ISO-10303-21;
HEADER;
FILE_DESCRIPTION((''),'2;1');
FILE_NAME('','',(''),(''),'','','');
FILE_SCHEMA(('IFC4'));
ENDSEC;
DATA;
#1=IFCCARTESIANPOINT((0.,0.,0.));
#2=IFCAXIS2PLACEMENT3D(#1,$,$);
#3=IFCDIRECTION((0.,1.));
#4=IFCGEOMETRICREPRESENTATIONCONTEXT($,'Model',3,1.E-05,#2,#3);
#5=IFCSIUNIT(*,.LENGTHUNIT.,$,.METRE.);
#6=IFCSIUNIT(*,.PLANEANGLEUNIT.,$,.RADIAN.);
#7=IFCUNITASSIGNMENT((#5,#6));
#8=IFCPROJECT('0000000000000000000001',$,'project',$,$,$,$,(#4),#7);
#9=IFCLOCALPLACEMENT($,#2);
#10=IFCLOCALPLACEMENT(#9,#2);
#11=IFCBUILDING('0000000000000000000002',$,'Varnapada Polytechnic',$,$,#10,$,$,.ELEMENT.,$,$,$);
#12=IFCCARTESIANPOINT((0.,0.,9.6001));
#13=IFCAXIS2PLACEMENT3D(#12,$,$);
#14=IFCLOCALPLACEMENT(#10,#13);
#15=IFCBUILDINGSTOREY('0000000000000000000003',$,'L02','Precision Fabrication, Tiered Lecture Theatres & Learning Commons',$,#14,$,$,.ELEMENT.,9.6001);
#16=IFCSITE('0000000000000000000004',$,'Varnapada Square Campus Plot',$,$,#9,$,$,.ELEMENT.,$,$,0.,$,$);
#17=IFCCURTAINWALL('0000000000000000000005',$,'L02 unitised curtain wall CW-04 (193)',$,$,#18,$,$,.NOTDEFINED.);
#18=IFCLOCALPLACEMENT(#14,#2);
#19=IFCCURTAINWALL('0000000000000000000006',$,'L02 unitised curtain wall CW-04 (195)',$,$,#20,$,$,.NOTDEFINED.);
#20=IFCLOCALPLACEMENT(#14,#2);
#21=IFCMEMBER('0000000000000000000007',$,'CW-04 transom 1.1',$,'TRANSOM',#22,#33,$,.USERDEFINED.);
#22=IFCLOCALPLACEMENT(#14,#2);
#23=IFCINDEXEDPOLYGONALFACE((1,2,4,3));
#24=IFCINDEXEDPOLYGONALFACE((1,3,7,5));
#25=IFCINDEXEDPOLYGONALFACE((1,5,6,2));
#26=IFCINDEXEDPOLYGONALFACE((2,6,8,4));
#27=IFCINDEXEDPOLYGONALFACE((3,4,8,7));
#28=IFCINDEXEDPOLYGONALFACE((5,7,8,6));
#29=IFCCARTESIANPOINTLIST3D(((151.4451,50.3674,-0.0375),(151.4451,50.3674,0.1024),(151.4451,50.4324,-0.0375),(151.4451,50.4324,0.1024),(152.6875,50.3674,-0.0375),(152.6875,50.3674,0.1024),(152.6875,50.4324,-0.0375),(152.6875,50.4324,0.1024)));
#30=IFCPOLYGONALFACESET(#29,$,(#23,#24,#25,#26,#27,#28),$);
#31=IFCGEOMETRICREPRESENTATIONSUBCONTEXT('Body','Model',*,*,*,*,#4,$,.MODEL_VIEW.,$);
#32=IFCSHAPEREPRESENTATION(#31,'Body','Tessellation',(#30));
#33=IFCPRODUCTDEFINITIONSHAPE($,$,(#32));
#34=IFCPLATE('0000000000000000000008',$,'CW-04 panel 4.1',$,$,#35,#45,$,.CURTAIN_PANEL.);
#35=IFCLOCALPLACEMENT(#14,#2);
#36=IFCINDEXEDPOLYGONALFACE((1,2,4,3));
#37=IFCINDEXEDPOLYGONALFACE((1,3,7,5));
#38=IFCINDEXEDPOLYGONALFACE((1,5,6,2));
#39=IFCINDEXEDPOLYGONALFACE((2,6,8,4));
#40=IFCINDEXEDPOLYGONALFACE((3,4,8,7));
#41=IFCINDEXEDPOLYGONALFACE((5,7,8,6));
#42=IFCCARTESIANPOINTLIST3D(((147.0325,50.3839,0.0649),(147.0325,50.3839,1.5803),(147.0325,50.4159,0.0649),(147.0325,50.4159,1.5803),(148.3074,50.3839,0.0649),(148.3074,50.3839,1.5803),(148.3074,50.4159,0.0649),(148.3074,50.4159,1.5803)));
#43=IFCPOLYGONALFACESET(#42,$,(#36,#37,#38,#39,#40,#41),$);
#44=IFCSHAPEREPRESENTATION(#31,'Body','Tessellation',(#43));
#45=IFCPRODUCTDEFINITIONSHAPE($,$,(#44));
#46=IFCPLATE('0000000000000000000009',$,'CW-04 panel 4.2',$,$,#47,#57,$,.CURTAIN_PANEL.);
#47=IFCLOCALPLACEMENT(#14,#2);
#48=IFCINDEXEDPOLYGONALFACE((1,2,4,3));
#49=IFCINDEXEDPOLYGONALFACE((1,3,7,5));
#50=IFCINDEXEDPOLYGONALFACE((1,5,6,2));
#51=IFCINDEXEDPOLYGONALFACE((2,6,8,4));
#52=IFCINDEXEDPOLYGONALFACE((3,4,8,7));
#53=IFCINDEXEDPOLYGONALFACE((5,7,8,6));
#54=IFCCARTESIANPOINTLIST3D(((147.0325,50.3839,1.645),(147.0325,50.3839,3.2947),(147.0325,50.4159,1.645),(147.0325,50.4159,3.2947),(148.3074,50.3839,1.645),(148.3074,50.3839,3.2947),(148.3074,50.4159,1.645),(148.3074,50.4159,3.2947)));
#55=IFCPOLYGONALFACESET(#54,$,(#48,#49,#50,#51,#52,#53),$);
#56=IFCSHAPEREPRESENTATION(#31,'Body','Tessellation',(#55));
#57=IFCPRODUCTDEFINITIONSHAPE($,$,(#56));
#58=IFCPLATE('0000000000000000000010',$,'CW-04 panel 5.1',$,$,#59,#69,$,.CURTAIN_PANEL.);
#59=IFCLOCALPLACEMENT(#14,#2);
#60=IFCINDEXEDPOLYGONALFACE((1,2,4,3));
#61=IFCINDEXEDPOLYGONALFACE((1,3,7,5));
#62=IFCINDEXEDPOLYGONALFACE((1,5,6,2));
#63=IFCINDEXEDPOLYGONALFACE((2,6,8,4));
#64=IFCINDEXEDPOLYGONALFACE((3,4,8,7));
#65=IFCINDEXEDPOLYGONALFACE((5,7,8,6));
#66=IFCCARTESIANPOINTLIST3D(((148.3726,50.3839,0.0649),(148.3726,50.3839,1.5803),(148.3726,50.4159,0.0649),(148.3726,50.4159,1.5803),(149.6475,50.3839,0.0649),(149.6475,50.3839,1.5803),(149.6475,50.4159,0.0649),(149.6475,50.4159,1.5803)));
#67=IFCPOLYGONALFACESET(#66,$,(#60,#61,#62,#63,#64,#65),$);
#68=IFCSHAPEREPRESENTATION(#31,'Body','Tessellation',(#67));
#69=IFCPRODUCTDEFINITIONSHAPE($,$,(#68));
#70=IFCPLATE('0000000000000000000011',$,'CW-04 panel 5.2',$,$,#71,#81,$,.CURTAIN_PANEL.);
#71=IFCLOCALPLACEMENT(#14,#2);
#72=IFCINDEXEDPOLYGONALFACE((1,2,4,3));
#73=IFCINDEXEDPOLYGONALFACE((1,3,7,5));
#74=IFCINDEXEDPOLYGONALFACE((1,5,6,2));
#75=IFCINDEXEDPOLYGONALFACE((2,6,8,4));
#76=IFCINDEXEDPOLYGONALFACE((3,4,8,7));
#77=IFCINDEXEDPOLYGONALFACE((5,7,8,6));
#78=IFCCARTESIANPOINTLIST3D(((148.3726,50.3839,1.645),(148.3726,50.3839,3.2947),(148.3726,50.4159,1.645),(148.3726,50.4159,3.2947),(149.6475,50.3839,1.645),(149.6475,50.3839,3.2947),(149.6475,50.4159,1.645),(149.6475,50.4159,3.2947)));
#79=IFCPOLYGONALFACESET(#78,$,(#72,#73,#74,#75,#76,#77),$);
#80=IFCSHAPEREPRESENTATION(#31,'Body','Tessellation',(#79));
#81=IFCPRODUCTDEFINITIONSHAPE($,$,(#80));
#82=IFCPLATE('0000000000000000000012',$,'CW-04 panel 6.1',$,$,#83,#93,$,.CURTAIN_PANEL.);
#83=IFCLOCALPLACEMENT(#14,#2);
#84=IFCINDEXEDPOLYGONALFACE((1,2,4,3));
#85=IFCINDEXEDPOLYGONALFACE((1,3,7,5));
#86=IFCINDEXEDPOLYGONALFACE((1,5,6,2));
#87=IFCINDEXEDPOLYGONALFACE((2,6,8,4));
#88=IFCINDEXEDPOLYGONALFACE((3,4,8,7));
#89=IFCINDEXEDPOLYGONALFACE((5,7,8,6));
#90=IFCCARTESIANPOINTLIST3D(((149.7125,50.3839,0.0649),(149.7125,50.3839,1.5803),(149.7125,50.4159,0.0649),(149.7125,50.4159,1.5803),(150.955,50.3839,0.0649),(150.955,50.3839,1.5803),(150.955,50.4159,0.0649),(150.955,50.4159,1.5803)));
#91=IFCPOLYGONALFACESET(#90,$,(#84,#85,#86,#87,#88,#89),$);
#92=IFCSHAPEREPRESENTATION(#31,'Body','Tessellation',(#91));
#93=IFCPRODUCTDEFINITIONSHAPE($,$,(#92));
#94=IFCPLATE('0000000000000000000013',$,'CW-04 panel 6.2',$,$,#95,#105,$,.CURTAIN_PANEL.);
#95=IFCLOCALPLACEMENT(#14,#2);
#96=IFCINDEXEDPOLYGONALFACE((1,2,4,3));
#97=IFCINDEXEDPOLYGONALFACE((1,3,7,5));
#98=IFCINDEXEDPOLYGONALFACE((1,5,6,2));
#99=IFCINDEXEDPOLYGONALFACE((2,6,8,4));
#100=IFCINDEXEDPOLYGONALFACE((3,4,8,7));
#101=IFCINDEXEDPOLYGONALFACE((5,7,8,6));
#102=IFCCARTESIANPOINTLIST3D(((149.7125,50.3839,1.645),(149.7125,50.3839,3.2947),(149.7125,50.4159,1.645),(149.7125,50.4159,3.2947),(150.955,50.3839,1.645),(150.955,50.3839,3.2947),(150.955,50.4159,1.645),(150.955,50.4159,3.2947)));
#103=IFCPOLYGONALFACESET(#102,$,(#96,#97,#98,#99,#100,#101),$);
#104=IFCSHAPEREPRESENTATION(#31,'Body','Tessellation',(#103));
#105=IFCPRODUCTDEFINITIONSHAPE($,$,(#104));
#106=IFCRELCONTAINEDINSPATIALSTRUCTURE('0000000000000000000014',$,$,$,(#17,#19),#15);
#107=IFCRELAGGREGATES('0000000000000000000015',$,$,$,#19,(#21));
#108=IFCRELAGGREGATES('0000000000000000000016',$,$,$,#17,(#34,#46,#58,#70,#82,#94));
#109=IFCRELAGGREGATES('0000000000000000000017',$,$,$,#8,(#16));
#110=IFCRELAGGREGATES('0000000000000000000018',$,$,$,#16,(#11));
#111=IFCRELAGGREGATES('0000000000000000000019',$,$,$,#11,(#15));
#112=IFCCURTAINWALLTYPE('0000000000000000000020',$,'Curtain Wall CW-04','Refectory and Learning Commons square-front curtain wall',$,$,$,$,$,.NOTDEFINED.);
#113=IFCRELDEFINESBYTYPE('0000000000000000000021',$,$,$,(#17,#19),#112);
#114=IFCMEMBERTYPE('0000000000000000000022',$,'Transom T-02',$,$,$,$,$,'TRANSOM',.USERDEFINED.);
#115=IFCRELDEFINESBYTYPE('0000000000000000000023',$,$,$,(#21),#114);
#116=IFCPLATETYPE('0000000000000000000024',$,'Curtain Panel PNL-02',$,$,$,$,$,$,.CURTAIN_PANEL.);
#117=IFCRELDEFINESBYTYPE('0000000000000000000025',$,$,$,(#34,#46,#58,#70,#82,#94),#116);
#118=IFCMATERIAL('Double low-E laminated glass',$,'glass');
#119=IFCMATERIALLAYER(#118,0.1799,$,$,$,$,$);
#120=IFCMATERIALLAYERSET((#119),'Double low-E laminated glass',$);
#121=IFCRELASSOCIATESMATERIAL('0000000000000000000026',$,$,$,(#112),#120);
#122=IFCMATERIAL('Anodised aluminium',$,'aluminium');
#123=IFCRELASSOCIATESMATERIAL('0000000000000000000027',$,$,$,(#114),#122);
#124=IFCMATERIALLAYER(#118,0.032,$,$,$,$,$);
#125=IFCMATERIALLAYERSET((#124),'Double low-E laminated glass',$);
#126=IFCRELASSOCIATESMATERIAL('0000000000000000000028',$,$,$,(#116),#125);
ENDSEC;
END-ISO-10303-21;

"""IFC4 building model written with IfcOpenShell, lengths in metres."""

from ifc_helpers import new_model, si_unit, direction, frame, origin, origin_2d, place, context, subcontext, project, spatial, rectangle, extrude, material, layer, layer_set, material_profile, profile_set, type_object, element, aggregate, save


model = new_model("IFC4")

# Units and contexts
model_context = context("Model", 3, precision=1e-05, world=origin(), true_north=direction((0.0, 1.0)))
body_context = subcontext(model_context, "Body", "Model", "MODEL_VIEW")
ifc_project = project(units=[si_unit("LENGTHUNIT", "METRE"), si_unit("PLANEANGLEUNIT", "RADIAN")], contexts=[model_context])

# Site, building, storey
site_placement = place(None, origin())
site = spatial("IfcSite", under=ifc_project, at=site_placement, Name="Varnapada Square Campus Plot", CompositionType="ELEMENT", RefElevation=0.0)
building_placement = place(site_placement, origin())
building = spatial("IfcBuilding", under=site, at=building_placement, Name="Varnapada Polytechnic", CompositionType="ELEMENT")
storey_placement = place(building_placement, frame((0.0, 0.0, 9.6001)))
storey = spatial("IfcBuildingStorey", under=building, at=storey_placement, Name="L02", Description="Precision Fabrication, Tiered Lecture Theatres & Learning Commons", CompositionType="ELEMENT", Elevation=9.6001)

# Curtain wall
ifc_material_1 = material(Name="Double low-E laminated glass", Category="glass")
ifc_layer_1 = layer(ifc_material_1, 0.1799)
ifc_layer_set_1 = layer_set([ifc_layer_1], Name="Double low-E laminated glass")
curtain_wall_type = type_object("IfcCurtainWallType", Name="Curtain Wall CW-04", Description="Refectory and Learning Commons square-front curtain wall", PredefinedType="NOTDEFINED", material=ifc_layer_set_1)
curtain_wall_1_placement = place(storey_placement, origin())
curtain_wall_1 = element("IfcCurtainWall", 1, at=curtain_wall_1_placement, inside=storey, type_object=curtain_wall_type, Name="L02 unitised curtain wall CW-04 (193)", PredefinedType="NOTDEFINED")
ifc_material_2 = material(Name="Anodised aluminium", Category="aluminium")

# Curtain wall
curtain_wall_2_placement = place(storey_placement, origin())
curtain_wall_2 = element("IfcCurtainWall", 2, at=curtain_wall_2_placement, inside=storey, type_object=curtain_wall_type, Name="L02 unitised curtain wall CW-04 (195)", PredefinedType="NOTDEFINED")

# Member
ifc_material_profile_1 = material_profile(ifc_material_2, rectangle(XDim=0.0649, YDim=0.1399, at=origin_2d()), Name="ALU T65x140")
ifc_profile_set_1 = profile_set([ifc_material_profile_1], Name="Anodised aluminium")
member_type_1 = type_object("IfcMemberType", Name="Transom T-02", ElementType="TRANSOM", PredefinedType="USERDEFINED", material=ifc_profile_set_1)
member_1_placement = place(storey_placement, frame((151.4451, 50.3999, 0.0325), z_axis=(1.0, 0.0, 0.0), x_axis=(0.0, 1.0, 0.0)))
member_1 = element("IfcMember", 3, at=member_1_placement, type_object=member_type_1, Name="CW-04 transom 1.1", ObjectType="TRANSOM", PredefinedType="USERDEFINED", context=body_context, shape_type="SweptSolid", body=[
    extrude(rectangle(XDim=0.0649, YDim=0.1399, at=origin_2d()), origin(), (0.0, 0.0, 1.0), 1.2424),
])
aggregate(curtain_wall_2, [member_1])

# Plates
ifc_layer_2 = layer(ifc_material_1, 0.032)
ifc_layer_set_2 = layer_set([ifc_layer_2], Name="Double low-E laminated glass")
plate_type = type_object("IfcPlateType", Name="Curtain Panel PNL-02", PredefinedType="CURTAIN_PANEL", material=ifc_layer_set_2)
plate_1_placement = place(storey_placement, frame((147.6699, 50.3999, 0.0649), z_axis=(0.0, 0.0, 1.0), x_axis=(1.0, 0.0, 0.0)))
plate_1 = element("IfcPlate", 4, at=plate_1_placement, type_object=plate_type, Name="CW-04 panel 4.1", PredefinedType="CURTAIN_PANEL", context=body_context, shape_type="SweptSolid", body=[
    extrude(rectangle(XDim=1.2749, YDim=0.032, at=origin_2d()), origin(), (0.0, 0.0, 1.0), 1.5154),
])
plate_2_placement = place(storey_placement, frame((147.6699, 50.3999, 1.645), z_axis=(0.0, 0.0, 1.0), x_axis=(1.0, 0.0, 0.0)))
plate_2 = element("IfcPlate", 5, at=plate_2_placement, type_object=plate_type, Name="CW-04 panel 4.2", PredefinedType="CURTAIN_PANEL", context=body_context, shape_type="SweptSolid", body=[
    extrude(rectangle(XDim=1.2749, YDim=0.032, at=origin_2d()), origin(), (0.0, 0.0, 1.0), 1.6497),
])
plate_3_placement = place(storey_placement, frame((149.01, 50.3999, 0.0649), z_axis=(0.0, 0.0, 1.0), x_axis=(1.0, 0.0, 0.0)))
plate_3 = element("IfcPlate", 6, at=plate_3_placement, type_object=plate_type, Name="CW-04 panel 5.1", PredefinedType="CURTAIN_PANEL", context=body_context, shape_type="SweptSolid", body=[
    extrude(rectangle(XDim=1.2749, YDim=0.032, at=origin_2d()), origin(), (0.0, 0.0, 1.0), 1.5154),
])
plate_4_placement = place(storey_placement, frame((149.01, 50.3999, 1.645), z_axis=(0.0, 0.0, 1.0), x_axis=(1.0, 0.0, 0.0)))
plate_4 = element("IfcPlate", 7, at=plate_4_placement, type_object=plate_type, Name="CW-04 panel 5.2", PredefinedType="CURTAIN_PANEL", context=body_context, shape_type="SweptSolid", body=[
    extrude(rectangle(XDim=1.2749, YDim=0.032, at=origin_2d()), origin(), (0.0, 0.0, 1.0), 1.6497),
])
plate_5_placement = place(storey_placement, frame((150.3337, 50.3999, 0.0649), z_axis=(0.0, 0.0, 1.0), x_axis=(1.0, 0.0, 0.0)))
plate_5 = element("IfcPlate", 8, at=plate_5_placement, type_object=plate_type, Name="CW-04 panel 6.1", PredefinedType="CURTAIN_PANEL", context=body_context, shape_type="SweptSolid", body=[
    extrude(rectangle(XDim=1.2424, YDim=0.032, at=origin_2d()), origin(), (0.0, 0.0, 1.0), 1.5154),
])
plate_6_placement = place(storey_placement, frame((150.3337, 50.3999, 1.645), z_axis=(0.0, 0.0, 1.0), x_axis=(1.0, 0.0, 0.0)))
plate_6 = element("IfcPlate", 9, at=plate_6_placement, type_object=plate_type, Name="CW-04 panel 6.2", PredefinedType="CURTAIN_PANEL", context=body_context, shape_type="SweptSolid", body=[
    extrude(rectangle(XDim=1.2424, YDim=0.032, at=origin_2d()), origin(), (0.0, 0.0, 1.0), 1.6497),
])
aggregate(curtain_wall_1, [plate_1, plate_2, plate_3, plate_4, plate_5, plate_6])

save(model, "model.ifc")
